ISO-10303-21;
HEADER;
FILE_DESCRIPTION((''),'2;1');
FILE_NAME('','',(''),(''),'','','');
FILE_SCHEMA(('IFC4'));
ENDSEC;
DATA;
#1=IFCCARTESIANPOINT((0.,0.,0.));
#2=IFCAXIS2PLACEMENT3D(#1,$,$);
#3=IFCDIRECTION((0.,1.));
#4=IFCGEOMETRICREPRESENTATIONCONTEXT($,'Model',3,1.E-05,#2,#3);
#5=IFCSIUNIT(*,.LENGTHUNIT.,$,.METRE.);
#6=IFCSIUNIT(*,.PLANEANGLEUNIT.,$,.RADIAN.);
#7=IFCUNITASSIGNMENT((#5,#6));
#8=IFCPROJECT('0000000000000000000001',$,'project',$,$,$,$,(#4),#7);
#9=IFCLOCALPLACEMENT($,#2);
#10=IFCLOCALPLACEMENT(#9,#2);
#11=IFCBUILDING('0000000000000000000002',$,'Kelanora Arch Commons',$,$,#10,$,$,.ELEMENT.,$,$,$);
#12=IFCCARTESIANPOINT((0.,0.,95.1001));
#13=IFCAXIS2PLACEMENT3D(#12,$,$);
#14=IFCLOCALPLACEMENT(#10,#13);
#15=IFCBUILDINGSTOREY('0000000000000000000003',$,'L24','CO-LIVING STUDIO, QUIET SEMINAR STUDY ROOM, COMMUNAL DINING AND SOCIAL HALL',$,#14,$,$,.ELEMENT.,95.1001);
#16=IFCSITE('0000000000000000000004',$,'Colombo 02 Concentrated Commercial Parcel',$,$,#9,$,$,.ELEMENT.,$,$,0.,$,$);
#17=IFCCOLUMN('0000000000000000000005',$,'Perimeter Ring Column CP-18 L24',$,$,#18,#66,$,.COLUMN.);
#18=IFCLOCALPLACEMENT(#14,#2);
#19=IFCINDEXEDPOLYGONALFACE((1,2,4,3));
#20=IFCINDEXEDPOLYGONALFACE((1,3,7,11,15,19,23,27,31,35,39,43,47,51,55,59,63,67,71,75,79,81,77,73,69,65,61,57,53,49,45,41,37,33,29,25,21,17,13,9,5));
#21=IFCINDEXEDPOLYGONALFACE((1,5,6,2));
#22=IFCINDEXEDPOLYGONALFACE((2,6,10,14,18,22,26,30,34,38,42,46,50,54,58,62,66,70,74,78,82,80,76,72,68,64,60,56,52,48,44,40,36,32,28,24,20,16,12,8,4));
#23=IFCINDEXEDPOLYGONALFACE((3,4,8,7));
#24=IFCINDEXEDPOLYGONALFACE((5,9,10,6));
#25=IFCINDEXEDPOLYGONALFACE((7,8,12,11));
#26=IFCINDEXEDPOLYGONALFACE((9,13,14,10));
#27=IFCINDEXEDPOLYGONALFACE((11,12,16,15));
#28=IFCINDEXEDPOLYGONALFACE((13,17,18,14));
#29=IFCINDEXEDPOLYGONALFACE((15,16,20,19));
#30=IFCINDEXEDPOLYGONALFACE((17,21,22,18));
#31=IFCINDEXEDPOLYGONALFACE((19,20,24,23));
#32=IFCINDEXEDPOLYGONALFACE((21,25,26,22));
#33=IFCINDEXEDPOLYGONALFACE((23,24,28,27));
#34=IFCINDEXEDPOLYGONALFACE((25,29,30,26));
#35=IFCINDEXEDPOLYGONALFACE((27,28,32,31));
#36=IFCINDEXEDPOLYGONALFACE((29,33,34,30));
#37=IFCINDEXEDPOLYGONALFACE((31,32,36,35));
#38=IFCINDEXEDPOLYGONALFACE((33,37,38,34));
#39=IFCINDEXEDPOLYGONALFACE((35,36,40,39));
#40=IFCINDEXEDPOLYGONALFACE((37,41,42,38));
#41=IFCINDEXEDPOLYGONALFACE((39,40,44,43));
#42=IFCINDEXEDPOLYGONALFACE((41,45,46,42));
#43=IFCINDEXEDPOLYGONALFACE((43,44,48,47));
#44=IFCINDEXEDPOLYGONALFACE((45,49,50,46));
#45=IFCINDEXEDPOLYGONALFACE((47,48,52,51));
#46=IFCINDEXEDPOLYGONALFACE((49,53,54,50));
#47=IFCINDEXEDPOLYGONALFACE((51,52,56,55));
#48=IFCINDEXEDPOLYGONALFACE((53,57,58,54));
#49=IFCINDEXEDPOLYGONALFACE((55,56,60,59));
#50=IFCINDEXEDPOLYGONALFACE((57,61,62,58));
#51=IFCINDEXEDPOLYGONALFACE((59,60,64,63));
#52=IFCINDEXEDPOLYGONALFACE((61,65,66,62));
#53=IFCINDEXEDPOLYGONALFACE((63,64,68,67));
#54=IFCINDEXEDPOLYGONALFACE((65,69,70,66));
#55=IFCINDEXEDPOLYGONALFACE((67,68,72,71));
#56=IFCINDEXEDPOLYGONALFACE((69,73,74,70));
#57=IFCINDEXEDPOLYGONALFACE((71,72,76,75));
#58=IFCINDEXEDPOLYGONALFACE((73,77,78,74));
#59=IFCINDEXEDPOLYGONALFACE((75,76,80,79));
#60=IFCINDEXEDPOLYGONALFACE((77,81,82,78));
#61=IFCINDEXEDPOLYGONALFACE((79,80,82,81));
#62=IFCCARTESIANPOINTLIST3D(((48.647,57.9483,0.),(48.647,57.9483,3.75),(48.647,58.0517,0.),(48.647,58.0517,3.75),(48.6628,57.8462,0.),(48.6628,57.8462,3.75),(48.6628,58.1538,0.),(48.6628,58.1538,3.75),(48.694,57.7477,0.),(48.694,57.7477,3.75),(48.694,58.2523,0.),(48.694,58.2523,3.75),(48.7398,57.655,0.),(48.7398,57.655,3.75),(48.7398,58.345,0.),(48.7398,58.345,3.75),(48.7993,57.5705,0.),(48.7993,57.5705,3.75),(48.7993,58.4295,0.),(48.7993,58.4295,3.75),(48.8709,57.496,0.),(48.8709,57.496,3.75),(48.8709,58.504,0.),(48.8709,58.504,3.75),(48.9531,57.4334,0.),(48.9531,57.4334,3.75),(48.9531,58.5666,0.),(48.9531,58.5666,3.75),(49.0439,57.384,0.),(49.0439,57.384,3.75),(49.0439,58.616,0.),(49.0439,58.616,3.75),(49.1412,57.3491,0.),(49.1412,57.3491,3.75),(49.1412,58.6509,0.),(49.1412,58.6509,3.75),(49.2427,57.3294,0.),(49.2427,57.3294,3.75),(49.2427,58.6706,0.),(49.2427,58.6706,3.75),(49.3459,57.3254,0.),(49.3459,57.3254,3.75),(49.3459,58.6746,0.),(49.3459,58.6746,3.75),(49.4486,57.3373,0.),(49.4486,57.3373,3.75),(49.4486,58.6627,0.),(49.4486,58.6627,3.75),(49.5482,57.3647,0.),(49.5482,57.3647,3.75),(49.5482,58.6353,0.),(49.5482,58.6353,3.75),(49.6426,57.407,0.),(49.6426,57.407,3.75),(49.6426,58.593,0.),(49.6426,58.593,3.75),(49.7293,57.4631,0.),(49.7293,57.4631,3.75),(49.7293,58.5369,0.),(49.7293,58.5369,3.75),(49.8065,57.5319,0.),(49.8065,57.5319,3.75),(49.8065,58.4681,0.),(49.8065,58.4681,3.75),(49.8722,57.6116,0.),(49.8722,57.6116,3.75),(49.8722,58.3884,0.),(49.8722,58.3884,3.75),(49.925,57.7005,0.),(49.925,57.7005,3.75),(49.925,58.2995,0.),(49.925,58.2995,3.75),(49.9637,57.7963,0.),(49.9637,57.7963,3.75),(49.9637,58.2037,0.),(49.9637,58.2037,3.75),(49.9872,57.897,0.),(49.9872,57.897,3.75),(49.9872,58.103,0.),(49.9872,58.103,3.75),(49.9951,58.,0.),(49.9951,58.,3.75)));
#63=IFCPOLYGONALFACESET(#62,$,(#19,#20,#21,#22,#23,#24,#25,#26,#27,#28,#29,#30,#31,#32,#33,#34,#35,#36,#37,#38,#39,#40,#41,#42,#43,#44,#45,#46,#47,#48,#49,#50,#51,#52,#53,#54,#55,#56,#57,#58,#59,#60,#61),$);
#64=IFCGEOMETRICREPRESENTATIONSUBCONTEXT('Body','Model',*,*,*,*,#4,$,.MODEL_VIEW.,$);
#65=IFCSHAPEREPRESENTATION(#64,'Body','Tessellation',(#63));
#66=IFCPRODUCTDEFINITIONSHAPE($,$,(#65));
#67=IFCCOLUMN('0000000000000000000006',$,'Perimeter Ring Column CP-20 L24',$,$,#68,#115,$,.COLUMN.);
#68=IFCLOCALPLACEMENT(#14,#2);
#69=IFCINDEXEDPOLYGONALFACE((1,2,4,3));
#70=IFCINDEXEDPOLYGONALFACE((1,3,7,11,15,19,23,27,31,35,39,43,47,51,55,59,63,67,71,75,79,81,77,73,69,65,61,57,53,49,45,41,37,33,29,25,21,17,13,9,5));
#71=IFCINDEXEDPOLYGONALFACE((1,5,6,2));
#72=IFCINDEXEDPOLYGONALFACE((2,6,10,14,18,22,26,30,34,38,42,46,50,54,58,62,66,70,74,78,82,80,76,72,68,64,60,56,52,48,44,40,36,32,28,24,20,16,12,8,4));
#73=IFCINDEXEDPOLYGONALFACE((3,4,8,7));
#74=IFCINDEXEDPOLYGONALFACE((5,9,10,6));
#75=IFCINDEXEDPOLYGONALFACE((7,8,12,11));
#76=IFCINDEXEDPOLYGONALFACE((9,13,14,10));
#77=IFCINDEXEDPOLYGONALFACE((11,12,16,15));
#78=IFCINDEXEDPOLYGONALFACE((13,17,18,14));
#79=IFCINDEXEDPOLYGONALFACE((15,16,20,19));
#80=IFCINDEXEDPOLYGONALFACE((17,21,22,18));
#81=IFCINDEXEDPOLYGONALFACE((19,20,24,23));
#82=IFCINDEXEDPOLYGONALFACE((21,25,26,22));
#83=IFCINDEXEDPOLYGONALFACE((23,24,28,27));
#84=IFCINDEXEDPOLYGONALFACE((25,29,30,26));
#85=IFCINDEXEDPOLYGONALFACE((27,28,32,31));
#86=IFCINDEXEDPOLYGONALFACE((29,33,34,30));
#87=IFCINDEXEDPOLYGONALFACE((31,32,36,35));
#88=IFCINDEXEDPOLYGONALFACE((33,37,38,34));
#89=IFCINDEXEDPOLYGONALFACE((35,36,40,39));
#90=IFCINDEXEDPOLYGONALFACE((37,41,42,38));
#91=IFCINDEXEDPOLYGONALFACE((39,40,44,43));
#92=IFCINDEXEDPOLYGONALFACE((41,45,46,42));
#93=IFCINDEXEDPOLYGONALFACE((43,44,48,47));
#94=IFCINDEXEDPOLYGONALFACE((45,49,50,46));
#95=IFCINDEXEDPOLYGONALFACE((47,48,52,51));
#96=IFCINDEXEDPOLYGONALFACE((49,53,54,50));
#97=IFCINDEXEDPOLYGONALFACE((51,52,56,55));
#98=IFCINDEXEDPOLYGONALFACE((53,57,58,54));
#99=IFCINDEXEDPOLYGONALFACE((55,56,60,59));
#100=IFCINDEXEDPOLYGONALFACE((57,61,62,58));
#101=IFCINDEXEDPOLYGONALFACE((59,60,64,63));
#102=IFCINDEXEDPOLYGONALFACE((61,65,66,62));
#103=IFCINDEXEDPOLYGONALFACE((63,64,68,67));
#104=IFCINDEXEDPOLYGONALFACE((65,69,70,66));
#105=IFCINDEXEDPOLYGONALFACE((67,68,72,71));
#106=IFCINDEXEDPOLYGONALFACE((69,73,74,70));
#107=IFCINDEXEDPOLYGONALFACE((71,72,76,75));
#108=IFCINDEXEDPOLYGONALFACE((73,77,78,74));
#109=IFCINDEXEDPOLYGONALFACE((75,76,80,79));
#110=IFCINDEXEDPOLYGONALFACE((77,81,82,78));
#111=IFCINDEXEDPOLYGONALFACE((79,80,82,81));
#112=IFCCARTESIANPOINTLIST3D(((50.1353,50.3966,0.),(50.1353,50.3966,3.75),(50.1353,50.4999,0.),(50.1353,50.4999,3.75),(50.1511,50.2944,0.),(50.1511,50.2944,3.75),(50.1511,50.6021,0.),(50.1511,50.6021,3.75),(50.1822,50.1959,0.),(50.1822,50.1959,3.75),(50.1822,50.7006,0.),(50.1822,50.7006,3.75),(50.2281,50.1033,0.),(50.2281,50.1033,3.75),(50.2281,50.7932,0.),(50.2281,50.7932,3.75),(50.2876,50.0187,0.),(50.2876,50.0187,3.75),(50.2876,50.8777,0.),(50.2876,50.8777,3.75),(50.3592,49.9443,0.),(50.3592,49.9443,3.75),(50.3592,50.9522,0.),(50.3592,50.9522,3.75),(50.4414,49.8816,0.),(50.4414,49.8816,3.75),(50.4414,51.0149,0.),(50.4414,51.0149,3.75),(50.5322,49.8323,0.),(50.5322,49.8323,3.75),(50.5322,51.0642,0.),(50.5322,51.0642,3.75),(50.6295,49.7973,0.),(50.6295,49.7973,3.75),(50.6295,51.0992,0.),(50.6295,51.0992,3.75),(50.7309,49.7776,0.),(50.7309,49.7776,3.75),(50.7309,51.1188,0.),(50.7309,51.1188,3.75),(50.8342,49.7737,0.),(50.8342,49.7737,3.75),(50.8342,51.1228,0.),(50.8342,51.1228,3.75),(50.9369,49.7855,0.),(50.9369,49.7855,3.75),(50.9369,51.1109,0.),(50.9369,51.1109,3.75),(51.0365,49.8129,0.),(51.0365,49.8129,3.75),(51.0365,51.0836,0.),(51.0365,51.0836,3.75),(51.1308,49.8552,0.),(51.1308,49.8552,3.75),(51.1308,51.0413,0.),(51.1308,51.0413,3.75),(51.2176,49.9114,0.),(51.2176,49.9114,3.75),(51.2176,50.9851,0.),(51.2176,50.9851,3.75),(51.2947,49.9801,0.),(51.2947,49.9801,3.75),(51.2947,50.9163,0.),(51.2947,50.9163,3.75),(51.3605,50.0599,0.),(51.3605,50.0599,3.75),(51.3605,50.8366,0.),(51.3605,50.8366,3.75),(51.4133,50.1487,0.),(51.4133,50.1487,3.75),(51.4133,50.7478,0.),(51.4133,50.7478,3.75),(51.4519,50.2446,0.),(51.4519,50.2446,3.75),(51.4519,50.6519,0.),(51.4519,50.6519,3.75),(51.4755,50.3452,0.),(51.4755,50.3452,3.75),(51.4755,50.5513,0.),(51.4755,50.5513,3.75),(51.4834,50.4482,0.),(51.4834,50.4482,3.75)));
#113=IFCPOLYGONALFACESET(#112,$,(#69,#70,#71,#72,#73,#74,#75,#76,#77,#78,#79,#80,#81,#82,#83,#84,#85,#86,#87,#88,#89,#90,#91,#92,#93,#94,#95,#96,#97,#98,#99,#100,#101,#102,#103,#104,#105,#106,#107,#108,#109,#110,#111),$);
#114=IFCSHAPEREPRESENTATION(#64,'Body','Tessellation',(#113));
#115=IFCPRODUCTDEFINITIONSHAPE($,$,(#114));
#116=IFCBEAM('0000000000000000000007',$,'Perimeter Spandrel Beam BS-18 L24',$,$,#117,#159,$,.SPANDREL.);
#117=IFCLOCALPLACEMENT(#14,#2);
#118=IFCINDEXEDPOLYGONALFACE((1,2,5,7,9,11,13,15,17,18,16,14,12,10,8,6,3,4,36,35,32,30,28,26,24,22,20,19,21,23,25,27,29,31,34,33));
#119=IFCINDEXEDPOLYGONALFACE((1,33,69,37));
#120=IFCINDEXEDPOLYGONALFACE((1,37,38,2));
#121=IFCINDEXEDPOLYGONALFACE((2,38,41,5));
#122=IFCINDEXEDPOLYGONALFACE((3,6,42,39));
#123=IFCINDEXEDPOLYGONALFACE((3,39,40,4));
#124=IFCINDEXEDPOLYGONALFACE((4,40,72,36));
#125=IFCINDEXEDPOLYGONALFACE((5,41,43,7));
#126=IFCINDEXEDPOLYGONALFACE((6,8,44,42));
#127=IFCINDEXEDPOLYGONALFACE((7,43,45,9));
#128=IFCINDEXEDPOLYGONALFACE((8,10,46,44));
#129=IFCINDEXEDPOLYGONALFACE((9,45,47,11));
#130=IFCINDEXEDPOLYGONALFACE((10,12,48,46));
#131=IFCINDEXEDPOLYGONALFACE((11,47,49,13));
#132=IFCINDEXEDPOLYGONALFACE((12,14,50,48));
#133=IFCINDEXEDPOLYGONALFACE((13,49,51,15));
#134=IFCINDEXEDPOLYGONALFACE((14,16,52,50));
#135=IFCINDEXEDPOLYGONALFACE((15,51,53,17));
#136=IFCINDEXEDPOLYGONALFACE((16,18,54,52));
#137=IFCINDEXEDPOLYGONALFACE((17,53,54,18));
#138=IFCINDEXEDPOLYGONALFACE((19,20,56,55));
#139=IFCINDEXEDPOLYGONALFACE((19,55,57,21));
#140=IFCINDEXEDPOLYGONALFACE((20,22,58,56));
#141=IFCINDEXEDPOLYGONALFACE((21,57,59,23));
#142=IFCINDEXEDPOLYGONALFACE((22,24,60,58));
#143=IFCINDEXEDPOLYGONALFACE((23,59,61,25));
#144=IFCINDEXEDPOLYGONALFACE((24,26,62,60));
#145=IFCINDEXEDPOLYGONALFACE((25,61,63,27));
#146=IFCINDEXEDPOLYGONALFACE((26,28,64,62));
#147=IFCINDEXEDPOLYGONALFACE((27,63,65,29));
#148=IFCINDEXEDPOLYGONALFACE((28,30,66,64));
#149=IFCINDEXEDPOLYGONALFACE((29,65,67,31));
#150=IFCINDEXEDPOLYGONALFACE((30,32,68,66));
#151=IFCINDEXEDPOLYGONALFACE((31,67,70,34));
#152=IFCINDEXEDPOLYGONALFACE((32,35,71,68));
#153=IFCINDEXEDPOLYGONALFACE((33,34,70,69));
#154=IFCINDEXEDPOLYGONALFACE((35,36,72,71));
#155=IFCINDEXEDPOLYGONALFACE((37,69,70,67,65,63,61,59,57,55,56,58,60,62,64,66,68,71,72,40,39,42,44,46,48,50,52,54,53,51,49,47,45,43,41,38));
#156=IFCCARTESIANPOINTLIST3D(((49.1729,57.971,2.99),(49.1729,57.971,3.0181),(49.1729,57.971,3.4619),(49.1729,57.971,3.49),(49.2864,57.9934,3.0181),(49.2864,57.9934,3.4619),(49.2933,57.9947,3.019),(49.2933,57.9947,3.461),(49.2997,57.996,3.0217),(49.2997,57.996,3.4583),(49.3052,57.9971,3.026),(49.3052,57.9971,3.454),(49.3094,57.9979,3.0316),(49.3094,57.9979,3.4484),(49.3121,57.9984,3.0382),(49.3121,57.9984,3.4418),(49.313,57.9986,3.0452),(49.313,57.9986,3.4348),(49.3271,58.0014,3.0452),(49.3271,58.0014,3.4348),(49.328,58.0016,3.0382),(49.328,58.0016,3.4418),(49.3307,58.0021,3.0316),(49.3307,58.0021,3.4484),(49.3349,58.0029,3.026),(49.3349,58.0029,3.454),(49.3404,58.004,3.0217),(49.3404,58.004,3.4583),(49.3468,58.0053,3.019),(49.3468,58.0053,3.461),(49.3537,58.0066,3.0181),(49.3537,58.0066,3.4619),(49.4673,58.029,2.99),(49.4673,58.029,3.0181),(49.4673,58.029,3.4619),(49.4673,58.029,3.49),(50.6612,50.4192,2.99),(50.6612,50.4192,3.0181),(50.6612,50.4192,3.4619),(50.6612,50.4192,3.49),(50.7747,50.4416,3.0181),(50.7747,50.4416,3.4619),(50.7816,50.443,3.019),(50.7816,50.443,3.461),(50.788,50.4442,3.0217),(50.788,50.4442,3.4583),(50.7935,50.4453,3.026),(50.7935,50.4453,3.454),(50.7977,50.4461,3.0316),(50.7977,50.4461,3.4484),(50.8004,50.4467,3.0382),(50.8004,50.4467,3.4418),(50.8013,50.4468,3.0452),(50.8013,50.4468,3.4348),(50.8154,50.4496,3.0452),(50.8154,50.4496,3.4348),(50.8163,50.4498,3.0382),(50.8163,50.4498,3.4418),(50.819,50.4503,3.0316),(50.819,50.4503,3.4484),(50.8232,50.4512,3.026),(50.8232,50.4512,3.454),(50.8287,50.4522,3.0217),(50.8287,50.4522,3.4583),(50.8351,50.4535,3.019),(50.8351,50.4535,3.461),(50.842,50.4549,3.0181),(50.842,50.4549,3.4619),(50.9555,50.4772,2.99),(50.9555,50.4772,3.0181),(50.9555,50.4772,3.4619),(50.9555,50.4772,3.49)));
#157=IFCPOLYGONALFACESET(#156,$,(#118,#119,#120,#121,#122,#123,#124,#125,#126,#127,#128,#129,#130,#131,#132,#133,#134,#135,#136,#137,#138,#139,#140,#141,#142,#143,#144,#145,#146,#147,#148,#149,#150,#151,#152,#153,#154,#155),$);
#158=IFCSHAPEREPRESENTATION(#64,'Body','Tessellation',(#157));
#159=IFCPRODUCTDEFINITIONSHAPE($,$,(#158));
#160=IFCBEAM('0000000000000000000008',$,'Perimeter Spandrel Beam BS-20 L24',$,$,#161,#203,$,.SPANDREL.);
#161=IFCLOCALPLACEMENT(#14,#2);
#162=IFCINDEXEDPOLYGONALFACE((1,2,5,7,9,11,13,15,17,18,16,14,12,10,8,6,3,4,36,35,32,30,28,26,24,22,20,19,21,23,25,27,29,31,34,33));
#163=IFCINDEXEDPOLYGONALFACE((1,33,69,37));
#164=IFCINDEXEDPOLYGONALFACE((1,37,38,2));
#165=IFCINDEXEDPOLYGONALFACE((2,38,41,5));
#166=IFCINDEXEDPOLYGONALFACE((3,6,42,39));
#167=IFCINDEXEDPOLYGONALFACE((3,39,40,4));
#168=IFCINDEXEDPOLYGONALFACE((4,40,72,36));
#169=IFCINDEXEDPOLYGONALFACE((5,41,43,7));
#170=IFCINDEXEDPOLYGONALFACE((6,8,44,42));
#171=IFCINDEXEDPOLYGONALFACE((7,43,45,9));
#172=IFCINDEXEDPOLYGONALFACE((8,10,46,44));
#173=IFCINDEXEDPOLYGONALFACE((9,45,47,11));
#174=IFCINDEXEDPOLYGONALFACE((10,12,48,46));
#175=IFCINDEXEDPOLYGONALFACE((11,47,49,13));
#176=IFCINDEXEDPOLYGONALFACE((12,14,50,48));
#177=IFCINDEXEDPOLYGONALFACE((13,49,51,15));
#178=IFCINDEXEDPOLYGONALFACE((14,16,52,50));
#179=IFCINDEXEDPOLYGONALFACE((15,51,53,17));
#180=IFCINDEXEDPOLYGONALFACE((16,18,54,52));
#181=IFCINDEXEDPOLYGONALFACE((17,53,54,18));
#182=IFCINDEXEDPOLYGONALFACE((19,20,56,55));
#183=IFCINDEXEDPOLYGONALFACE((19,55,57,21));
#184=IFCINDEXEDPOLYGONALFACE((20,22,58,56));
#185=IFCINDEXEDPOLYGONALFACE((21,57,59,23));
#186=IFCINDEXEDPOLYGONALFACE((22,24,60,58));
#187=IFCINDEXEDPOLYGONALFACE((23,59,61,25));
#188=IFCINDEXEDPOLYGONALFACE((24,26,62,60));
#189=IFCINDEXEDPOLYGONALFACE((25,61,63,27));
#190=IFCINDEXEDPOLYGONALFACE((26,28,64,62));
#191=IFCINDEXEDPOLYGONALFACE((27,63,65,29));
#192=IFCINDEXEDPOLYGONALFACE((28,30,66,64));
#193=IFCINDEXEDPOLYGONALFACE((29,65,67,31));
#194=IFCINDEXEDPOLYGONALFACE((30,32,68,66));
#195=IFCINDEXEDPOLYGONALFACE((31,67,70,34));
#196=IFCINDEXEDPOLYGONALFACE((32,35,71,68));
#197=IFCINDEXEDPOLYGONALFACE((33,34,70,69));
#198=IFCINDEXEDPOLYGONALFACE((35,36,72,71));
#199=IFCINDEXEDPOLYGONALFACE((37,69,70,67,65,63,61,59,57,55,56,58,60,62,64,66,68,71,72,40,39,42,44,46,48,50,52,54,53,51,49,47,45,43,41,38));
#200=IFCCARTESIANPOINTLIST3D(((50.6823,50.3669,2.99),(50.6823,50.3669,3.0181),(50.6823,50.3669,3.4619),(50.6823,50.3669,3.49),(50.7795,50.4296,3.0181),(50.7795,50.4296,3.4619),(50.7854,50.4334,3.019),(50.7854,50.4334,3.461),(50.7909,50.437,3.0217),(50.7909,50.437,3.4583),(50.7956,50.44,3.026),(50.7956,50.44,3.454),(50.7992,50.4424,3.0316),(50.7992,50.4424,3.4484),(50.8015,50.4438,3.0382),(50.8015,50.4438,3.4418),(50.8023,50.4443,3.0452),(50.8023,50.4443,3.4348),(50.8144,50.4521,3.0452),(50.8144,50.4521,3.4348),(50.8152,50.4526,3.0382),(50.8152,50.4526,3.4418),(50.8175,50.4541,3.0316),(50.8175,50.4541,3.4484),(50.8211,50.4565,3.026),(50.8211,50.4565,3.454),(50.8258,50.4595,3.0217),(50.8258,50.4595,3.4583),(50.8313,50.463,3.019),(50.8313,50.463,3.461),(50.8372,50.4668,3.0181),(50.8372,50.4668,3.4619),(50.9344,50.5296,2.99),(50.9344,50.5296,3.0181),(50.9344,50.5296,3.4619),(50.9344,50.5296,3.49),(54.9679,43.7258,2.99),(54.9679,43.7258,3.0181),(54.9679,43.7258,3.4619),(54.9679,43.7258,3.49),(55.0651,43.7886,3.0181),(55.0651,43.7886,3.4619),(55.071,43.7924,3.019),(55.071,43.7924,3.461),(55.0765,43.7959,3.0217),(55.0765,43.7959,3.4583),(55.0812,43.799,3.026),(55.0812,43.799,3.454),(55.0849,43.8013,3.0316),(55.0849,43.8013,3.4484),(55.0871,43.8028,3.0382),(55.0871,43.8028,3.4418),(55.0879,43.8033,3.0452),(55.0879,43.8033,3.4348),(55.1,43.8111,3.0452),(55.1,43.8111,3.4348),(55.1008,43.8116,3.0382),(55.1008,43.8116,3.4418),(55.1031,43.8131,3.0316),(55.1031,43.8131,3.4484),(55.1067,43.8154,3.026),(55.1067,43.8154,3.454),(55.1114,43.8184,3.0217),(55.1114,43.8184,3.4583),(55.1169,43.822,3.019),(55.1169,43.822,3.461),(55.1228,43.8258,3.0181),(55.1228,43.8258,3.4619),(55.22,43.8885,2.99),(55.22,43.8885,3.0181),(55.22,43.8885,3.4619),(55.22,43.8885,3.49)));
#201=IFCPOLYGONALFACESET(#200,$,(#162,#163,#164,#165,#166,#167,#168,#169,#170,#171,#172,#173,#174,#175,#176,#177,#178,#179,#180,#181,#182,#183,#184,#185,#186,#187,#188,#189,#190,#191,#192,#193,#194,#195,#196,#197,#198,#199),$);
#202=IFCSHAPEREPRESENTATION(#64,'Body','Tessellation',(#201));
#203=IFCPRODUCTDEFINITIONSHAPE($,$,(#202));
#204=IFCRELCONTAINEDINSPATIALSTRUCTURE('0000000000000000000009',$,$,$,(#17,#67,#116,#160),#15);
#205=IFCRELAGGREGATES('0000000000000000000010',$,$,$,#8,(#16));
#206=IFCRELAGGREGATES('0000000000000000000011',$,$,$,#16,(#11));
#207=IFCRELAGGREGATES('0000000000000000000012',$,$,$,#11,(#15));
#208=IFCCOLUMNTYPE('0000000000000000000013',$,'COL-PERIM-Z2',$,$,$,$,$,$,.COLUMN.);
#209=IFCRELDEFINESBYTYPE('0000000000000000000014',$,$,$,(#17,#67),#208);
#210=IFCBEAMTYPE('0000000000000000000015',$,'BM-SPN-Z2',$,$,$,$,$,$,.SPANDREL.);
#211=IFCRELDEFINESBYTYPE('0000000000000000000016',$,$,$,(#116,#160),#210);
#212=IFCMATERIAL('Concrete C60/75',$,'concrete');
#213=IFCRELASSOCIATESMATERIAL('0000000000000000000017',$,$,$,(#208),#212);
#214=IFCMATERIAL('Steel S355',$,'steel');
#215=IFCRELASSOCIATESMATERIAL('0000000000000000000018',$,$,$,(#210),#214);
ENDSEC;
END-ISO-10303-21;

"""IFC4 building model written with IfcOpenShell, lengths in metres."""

from ifc_helpers import new_model, si_unit, direction, frame, origin, origin_2d, place, context, subcontext, project, spatial, circle, i_section, extrude, material, material_profile, profile_set, type_object, element, save


model = new_model("IFC4")

# Units and contexts
model_context = context("Model", 3, precision=1e-05, world=origin(), true_north=direction((0.0, 1.0)))
body_context = subcontext(model_context, "Body", "Model", "MODEL_VIEW")
ifc_project = project(units=[si_unit("LENGTHUNIT", "METRE"), si_unit("PLANEANGLEUNIT", "RADIAN")], contexts=[model_context])

# Site, building, storey
site_placement = place(None, origin())
site = spatial("IfcSite", under=ifc_project, at=site_placement, Name="Colombo 02 Concentrated Commercial Parcel", CompositionType="ELEMENT", RefElevation=0.0)
building_placement = place(site_placement, origin())
building = spatial("IfcBuilding", under=site, at=building_placement, Name="Kelanora Arch Commons", CompositionType="ELEMENT")
storey_placement = place(building_placement, frame((0.0, 0.0, 95.1001)))
storey = spatial("IfcBuildingStorey", under=building, at=storey_placement, Name="L24", Description="CO-LIVING STUDIO, QUIET SEMINAR STUDY ROOM, COMMUNAL DINING AND SOCIAL HALL", CompositionType="ELEMENT", Elevation=95.1001)

# Columns
ifc_material_1 = material(Name="Concrete C60/75", Category="concrete")
ifc_material_profile_1 = material_profile(ifc_material_1, circle(Radius=0.675, at=origin_2d()), Name="RCC1350")
ifc_profile_set_1 = profile_set([ifc_material_profile_1], Name="Concrete C60/75")
column_type = type_object("IfcColumnType", Name="COL-PERIM-Z2", PredefinedType="COLUMN", material=ifc_profile_set_1)
for number, where, z_axis, x_axis, name in (
    (1, (49.3201, 58.0, 0.0), (0.0, 0.0, 1.0), (1.0, 0.0, 0.0), "Perimeter Ring Column CP-18 L24"),
    (2, (50.8083, 50.4482, 0.0), (0.0, 0.0, 1.0), (1.0, 0.0, 0.0), "Perimeter Ring Column CP-20 L24"),
):
    element("IfcColumn", number, at=place(storey_placement, frame(where, z_axis=z_axis, x_axis=x_axis)), inside=storey, type_object=column_type, Name=name, PredefinedType="COLUMN", context=body_context, shape_type="SweptSolid", body=[
        extrude(circle(Radius=0.675, at=origin_2d()), origin(), (0.0, 0.0, 1.0), 3.75),
    ])

# Beams
ifc_material_2 = material(Name="Steel S355", Category="steel")
ifc_material_profile_2 = material_profile(ifc_material_2, i_section(OverallWidth=0.3, OverallDepth=0.5, WebThickness=0.0144, FlangeThickness=0.0281, FilletRadius=0.0271, at=origin_2d()), Name="HEB500")
ifc_profile_set_2 = profile_set([ifc_material_profile_2], Name="Steel S355")
beam_type = type_object("IfcBeamType", Name="BM-SPN-Z2", PredefinedType="SPANDREL", material=ifc_profile_set_2)
beam_1_placement = place(storey_placement, frame((49.3201, 58.0, 3.24), z_axis=(0.193358, -0.981128, 0.0), x_axis=(0.981128, 0.193358, 0.0)))
element("IfcBeam", 3, at=beam_1_placement, inside=storey, type_object=beam_type, Name="Perimeter Spandrel Beam BS-18 L24", PredefinedType="SPANDREL", context=body_context, shape_type="SweptSolid", body=[
    extrude(i_section(OverallWidth=0.3, OverallDepth=0.5, WebThickness=0.0144, FlangeThickness=0.0281, FilletRadius=0.0271, at=origin_2d()), origin(), (0.0, 0.0, 1.0), 7.697),
])
beam_2_placement = place(storey_placement, frame((50.8083, 50.4482, 3.24), z_axis=(0.542221, -0.840236, 0.0), x_axis=(0.840236, 0.542221, 0.0)))
element("IfcBeam", 4, at=beam_2_placement, inside=storey, type_object=beam_type, Name="Perimeter Spandrel Beam BS-20 L24", PredefinedType="SPANDREL", context=body_context, shape_type="SweptSolid", body=[
    extrude(i_section(OverallWidth=0.3, OverallDepth=0.5, WebThickness=0.0144, FlangeThickness=0.0281, FilletRadius=0.0271, at=origin_2d()), origin(), (0.0, 0.0, 1.0), 7.9038),
])

save(model, "model.ifc")
